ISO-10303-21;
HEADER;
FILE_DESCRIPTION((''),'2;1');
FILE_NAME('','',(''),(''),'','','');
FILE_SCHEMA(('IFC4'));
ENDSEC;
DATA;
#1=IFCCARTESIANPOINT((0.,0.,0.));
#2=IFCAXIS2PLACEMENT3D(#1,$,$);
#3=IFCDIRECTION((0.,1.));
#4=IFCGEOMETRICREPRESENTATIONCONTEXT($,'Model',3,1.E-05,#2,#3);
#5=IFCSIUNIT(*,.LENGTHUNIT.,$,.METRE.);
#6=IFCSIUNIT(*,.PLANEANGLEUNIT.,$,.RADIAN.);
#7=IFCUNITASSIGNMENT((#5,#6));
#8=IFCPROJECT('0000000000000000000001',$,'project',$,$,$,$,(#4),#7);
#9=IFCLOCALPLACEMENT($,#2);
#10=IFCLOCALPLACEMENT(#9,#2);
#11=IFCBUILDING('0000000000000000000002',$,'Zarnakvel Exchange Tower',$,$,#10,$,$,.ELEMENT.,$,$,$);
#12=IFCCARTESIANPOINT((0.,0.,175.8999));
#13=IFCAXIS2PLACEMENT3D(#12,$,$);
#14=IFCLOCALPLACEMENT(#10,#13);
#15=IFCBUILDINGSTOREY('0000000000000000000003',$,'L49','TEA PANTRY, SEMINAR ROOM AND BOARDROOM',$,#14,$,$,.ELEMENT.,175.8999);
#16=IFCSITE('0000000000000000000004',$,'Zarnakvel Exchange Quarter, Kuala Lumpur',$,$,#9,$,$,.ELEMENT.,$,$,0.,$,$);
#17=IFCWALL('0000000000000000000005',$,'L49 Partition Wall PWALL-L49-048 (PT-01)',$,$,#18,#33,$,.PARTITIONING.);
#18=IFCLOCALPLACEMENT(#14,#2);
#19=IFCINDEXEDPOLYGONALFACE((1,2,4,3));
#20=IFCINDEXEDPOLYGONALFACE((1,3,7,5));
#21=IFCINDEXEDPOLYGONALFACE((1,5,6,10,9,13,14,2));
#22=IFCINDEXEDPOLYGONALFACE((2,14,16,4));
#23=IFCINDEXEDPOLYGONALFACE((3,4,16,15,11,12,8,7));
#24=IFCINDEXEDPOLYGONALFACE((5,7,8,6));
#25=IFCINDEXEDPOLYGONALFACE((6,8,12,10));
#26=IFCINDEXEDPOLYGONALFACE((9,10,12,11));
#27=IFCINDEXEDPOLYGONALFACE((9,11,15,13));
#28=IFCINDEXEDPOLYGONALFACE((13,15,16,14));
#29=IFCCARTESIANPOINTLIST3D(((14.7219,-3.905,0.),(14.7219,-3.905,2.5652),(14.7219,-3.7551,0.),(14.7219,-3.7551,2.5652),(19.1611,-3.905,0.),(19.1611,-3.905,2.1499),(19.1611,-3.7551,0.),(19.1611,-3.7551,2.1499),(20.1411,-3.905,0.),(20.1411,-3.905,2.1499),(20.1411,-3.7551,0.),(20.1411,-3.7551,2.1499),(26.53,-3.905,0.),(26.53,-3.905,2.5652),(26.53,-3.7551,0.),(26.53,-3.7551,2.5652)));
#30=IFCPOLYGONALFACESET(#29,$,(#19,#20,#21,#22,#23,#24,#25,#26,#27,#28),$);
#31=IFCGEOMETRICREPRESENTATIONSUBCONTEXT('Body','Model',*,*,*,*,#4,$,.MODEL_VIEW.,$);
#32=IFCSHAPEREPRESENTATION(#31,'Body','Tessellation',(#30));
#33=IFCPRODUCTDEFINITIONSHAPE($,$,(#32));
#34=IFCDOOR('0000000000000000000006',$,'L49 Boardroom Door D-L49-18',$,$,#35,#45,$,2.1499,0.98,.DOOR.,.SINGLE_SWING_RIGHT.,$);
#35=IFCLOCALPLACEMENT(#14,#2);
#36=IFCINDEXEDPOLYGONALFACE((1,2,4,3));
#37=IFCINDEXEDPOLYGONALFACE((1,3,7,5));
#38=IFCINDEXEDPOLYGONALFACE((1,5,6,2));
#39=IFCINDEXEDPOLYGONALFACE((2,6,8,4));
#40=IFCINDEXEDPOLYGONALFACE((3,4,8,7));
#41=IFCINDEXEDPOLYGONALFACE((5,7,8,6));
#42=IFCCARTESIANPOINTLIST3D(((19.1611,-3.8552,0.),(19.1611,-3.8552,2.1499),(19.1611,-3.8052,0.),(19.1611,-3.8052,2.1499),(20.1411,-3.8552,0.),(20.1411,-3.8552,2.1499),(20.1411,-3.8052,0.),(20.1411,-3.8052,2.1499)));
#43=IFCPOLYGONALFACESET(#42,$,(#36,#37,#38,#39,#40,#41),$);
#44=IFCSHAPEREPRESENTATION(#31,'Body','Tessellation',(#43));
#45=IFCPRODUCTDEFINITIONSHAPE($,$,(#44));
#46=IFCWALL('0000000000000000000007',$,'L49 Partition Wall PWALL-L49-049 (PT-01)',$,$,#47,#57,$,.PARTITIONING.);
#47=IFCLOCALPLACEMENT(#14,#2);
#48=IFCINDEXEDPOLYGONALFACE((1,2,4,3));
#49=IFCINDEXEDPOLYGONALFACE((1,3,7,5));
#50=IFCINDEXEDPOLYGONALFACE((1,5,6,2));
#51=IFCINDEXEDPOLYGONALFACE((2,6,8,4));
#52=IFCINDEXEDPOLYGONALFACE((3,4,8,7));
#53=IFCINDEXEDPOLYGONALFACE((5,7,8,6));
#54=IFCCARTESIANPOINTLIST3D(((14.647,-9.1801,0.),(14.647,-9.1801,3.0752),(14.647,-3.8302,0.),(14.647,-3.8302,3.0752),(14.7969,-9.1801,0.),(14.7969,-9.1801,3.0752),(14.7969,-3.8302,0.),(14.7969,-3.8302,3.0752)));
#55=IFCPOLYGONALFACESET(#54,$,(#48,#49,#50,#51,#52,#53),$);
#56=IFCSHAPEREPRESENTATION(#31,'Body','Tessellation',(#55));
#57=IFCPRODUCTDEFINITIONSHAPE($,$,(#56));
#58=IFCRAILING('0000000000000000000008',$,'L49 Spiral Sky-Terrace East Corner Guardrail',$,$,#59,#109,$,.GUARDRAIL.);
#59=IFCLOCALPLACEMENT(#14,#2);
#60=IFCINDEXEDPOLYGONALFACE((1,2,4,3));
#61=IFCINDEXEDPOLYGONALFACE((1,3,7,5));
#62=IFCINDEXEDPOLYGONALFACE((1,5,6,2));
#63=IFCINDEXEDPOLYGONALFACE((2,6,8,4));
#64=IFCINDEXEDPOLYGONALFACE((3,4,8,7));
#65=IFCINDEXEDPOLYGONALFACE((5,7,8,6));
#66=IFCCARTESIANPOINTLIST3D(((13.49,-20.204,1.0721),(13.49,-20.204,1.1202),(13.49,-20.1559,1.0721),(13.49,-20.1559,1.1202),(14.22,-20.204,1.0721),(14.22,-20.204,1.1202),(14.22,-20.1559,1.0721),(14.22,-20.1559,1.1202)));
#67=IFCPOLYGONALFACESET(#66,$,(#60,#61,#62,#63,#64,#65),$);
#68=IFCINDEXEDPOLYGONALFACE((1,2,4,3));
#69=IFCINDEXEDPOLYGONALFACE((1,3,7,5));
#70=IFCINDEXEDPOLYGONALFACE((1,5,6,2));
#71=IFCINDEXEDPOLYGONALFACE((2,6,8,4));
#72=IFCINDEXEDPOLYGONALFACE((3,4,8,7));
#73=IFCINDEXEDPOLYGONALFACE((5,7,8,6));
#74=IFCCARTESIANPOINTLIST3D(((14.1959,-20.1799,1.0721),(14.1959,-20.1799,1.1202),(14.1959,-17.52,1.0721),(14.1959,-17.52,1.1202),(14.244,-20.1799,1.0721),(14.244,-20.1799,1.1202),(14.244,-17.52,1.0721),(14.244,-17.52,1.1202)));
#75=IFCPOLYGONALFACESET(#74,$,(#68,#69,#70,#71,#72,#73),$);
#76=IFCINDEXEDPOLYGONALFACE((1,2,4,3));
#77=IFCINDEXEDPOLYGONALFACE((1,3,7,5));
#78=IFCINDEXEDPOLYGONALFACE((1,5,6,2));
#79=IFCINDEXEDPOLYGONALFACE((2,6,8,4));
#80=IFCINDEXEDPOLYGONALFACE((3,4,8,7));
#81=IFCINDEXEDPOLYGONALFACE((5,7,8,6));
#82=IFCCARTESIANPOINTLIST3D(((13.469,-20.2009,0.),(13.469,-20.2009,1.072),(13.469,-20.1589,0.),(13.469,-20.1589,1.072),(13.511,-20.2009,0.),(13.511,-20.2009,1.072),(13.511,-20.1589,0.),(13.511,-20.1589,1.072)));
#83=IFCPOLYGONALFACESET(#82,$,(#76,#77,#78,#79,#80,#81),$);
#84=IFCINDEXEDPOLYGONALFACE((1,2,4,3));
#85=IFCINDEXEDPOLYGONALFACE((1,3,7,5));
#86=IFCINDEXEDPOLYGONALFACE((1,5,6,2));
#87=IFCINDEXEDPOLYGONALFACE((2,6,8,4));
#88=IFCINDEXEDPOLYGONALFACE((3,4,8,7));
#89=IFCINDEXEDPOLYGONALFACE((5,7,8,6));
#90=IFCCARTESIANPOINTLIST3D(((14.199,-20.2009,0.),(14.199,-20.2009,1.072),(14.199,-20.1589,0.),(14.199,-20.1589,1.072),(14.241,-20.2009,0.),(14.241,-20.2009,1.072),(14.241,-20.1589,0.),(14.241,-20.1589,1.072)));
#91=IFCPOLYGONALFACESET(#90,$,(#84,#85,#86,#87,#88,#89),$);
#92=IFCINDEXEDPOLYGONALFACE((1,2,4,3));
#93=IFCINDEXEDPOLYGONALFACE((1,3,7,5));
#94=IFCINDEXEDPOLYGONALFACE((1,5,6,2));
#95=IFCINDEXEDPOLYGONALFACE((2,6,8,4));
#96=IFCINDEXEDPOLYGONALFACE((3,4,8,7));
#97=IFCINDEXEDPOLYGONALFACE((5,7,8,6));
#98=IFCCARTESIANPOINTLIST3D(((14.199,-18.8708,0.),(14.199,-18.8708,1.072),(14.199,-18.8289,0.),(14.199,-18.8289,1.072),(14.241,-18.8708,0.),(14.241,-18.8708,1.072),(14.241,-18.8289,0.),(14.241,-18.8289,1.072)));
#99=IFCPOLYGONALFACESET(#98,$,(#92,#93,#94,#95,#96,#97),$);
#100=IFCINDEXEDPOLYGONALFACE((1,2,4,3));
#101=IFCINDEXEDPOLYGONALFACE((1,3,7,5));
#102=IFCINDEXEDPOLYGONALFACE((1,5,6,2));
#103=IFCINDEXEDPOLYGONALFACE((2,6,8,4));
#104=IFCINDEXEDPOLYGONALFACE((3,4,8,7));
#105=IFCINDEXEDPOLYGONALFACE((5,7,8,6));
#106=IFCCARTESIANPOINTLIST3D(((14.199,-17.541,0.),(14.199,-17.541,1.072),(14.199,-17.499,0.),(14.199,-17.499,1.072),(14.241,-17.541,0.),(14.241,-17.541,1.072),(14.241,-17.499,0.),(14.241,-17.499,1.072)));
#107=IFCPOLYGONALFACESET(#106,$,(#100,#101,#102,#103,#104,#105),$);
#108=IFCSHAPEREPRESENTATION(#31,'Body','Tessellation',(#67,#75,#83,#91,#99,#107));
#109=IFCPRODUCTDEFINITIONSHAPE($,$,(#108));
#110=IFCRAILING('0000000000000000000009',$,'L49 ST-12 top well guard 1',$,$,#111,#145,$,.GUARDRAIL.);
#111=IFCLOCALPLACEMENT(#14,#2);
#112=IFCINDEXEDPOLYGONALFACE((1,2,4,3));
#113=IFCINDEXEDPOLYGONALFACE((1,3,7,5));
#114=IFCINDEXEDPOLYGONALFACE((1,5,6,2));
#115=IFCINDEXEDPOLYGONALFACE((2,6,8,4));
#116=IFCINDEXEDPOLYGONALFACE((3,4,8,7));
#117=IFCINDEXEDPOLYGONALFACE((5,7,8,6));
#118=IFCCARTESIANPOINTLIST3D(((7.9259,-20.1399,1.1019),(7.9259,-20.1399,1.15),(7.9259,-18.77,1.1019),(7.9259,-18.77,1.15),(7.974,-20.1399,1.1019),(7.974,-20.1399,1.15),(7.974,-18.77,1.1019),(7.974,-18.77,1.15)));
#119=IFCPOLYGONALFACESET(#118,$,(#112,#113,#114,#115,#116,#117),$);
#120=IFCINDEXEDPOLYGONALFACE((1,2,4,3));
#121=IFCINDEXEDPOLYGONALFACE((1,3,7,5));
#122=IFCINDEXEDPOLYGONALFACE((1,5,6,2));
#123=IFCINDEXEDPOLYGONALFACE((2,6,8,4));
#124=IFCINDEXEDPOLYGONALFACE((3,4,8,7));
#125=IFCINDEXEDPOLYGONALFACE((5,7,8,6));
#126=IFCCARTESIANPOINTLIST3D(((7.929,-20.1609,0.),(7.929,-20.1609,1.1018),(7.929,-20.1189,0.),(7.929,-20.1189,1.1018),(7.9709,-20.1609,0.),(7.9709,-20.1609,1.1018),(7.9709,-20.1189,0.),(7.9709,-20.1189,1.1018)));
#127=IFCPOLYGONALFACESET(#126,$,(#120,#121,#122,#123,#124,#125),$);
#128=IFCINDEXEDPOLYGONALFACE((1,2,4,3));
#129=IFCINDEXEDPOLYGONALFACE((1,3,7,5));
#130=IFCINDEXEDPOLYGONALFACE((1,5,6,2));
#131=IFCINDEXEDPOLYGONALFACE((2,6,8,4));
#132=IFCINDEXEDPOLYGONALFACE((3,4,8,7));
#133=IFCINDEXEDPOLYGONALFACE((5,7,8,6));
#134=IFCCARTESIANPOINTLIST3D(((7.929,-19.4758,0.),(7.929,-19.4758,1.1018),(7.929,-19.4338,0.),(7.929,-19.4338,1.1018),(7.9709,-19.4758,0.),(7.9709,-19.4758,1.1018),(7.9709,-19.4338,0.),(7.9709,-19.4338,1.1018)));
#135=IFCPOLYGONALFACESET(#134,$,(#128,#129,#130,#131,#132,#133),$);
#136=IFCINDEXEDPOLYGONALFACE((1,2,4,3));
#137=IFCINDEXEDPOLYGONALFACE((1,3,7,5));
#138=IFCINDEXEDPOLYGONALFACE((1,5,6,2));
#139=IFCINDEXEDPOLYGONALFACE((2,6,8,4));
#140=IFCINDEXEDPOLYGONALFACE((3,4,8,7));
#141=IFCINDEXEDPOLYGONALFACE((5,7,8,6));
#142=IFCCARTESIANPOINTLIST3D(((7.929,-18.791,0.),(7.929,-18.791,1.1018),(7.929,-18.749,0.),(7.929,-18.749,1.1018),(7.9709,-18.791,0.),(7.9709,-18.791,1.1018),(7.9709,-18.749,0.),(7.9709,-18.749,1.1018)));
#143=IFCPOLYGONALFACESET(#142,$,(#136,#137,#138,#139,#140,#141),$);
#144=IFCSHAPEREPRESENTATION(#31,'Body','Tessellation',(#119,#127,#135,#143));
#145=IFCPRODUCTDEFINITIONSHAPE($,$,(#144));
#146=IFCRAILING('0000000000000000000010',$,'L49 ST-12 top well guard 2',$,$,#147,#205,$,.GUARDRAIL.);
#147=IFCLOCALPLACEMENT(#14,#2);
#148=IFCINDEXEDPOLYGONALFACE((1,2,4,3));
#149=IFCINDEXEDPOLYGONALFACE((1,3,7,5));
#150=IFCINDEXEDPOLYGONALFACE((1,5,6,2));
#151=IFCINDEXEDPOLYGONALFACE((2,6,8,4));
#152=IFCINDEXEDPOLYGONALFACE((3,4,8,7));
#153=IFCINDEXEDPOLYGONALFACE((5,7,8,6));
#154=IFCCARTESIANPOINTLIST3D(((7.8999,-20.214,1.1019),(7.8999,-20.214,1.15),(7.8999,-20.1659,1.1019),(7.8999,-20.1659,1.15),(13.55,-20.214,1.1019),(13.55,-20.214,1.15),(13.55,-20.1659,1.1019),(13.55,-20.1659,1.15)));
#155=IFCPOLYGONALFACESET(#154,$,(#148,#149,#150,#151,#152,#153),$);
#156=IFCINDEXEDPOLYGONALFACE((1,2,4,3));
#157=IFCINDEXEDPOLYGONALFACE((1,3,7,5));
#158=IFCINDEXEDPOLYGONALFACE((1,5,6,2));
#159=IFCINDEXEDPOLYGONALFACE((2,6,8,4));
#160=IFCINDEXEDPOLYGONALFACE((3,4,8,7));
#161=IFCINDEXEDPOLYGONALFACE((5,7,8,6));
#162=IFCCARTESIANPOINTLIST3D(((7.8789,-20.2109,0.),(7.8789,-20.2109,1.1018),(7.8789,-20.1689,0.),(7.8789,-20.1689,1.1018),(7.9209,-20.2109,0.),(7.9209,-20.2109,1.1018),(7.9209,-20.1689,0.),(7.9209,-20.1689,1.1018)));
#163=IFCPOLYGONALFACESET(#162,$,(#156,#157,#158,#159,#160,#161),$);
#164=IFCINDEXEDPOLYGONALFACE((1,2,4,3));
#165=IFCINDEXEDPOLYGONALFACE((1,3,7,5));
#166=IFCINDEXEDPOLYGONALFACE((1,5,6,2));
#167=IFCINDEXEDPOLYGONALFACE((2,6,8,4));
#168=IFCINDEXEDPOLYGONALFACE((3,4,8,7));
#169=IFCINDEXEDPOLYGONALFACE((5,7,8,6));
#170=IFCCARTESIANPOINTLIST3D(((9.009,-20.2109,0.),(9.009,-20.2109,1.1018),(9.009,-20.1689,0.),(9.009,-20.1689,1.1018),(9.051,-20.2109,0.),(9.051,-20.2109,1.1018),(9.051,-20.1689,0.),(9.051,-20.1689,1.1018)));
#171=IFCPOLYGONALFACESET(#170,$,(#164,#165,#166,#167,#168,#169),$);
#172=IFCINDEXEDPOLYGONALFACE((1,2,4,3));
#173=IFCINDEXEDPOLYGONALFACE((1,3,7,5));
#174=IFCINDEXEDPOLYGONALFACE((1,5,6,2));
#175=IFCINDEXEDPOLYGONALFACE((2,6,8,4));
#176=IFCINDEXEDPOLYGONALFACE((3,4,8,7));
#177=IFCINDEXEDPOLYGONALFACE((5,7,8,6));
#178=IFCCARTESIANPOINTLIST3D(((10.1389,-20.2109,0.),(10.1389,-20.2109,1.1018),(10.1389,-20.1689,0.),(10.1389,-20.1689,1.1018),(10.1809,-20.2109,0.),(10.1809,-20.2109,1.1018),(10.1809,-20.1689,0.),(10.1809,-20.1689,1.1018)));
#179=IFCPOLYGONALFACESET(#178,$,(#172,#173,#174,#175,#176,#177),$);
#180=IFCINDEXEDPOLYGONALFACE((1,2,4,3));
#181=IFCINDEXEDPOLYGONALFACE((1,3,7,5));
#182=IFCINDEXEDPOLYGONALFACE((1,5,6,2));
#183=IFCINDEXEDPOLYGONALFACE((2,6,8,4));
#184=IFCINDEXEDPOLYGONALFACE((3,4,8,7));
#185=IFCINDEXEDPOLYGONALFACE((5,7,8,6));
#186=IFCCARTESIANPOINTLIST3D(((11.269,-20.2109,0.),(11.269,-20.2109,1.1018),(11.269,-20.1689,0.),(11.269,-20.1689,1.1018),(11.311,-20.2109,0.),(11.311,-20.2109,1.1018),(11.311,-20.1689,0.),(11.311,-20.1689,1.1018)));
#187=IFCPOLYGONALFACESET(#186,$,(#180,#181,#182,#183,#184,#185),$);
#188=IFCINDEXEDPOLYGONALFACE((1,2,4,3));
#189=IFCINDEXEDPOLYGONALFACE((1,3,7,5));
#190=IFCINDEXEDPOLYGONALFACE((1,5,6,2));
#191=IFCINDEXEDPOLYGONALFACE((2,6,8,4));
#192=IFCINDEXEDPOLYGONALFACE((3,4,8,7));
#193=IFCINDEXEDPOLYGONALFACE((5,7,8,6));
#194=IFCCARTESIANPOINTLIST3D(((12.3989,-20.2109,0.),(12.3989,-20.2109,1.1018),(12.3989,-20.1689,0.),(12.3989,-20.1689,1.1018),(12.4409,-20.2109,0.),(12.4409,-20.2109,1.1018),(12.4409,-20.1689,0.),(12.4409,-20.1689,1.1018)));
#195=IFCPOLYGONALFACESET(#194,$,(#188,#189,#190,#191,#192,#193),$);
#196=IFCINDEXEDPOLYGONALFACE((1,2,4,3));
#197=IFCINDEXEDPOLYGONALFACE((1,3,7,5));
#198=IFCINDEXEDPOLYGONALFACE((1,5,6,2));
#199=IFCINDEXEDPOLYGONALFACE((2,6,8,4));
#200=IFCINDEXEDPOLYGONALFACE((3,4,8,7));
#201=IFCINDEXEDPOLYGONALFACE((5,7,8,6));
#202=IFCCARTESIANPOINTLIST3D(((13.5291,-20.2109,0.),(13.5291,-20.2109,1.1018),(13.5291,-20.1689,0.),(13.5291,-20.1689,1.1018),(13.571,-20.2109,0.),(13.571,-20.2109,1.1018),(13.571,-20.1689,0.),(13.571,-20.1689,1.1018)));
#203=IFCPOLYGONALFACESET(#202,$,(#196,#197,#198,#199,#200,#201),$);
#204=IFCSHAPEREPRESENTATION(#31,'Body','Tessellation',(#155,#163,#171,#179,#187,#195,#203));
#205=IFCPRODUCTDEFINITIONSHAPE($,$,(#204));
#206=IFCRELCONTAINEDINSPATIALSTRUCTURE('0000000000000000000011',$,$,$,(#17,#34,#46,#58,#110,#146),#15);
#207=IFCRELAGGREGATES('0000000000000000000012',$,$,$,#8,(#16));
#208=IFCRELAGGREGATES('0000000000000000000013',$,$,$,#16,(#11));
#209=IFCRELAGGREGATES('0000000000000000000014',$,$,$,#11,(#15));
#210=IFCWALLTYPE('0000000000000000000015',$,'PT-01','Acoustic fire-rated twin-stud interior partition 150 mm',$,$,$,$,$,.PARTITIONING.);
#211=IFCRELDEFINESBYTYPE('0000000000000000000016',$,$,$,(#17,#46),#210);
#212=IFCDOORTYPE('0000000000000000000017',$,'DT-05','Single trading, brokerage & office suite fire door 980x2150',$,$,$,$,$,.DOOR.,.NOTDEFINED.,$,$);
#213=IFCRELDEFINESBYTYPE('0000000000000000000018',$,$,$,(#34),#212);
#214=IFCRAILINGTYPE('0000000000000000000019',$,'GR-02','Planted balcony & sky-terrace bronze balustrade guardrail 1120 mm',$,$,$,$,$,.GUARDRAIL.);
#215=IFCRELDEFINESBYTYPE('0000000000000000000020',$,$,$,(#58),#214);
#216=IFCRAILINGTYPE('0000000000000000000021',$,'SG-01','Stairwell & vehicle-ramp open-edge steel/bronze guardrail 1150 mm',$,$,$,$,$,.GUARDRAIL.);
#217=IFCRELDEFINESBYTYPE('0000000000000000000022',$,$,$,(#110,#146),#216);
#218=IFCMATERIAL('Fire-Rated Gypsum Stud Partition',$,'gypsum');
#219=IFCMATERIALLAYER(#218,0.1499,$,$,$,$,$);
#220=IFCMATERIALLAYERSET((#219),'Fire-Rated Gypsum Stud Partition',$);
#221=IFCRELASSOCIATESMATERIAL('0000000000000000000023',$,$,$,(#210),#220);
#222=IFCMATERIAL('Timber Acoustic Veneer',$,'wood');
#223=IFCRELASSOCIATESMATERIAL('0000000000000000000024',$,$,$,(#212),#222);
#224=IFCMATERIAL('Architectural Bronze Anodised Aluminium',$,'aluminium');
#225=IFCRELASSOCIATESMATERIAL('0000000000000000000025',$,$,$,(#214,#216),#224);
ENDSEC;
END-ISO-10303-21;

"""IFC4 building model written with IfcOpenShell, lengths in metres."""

from ifc_helpers import new_model, si_unit, direction, frame, frame_2d, origin, origin_2d, place, context, subcontext, project, spatial, rectangle, extrude, source, transform, mapped, material, layer, layer_set, type_object, element, fill, save


model = new_model("IFC4")

# Units and contexts
model_context = context("Model", 3, precision=1e-05, world=origin(), true_north=direction((0.0, 1.0)))
body_context = subcontext(model_context, "Body", "Model", "MODEL_VIEW")
ifc_project = project(units=[si_unit("LENGTHUNIT", "METRE"), si_unit("PLANEANGLEUNIT", "RADIAN")], contexts=[model_context])

# Site, building, storey
site_placement = place(None, origin())
site = spatial("IfcSite", under=ifc_project, at=site_placement, Name="Zarnakvel Exchange Quarter, Kuala Lumpur", CompositionType="ELEMENT", RefElevation=0.0)
building_placement = place(site_placement, origin())
building = spatial("IfcBuilding", under=site, at=building_placement, Name="Zarnakvel Exchange Tower", CompositionType="ELEMENT")
storey_placement = place(building_placement, frame((0.0, 0.0, 175.8999)))
storey = spatial("IfcBuildingStorey", under=building, at=storey_placement, Name="L49", Description="TEA PANTRY, SEMINAR ROOM AND BOARDROOM", CompositionType="ELEMENT", Elevation=175.8999)

# Shared definitions
ifc_material_1 = material(Name="Architectural Bronze Anodised Aluminium", Category="aluminium")

# Shared definitions
ifc_material_2 = material(Name="Fire-Rated Gypsum Stud Partition", Category="gypsum")
ifc_layer_1 = layer(ifc_material_2, 0.1499)
ifc_layer_set_1 = layer_set([ifc_layer_1], Name="Fire-Rated Gypsum Stud Partition")
wall_type_1 = type_object("IfcWallType", Name="PT-01", Description="Acoustic fire-rated twin-stud interior partition 150 mm", PredefinedType="PARTITIONING", material=ifc_layer_set_1)

# Wall, opening, door
wall_1_placement = place(storey_placement, frame((14.7219, -3.8301, 0.0), z_axis=(0.0, 0.0, 1.0), x_axis=(1.0, 0.0, 0.0)))
wall_1 = element("IfcWall", 1, at=wall_1_placement, inside=storey, type_object=wall_type_1, Name="L49 Partition Wall PWALL-L49-048 (PT-01)", PredefinedType="PARTITIONING", context=body_context, shape_type="SweptSolid", body=[
    extrude(rectangle(XDim=11.8081, YDim=0.1499, at=frame_2d((5.9041, 0.0))), origin(), (0.0, 0.0, 1.0), 2.5652),
])
opening_1_placement = place(wall_1_placement, frame((4.4392, 0.0, 0.0)))
opening_1 = element("IfcOpeningElement", 2, at=opening_1_placement, cuts=wall_1, PredefinedType="OPENING", context=body_context, shape_type="SweptSolid", body=[
    extrude(rectangle(XDim=0.98, YDim=2.1499, at=frame_2d((0.49, 1.075))), frame((0.0, 0.085, 0.0), z_axis=(0.0, -1.0, 0.0), x_axis=(1.0, 0.0, 0.0)), (0.0, 0.0, 1.0), 0.1699),
])
ifc_material_3 = material(Name="Timber Acoustic Veneer", Category="wood")
door_type_1 = type_object("IfcDoorType", Name="DT-05", Description="Single trading, brokerage & office suite fire door 980x2150", OperationType="NOTDEFINED", PredefinedType="DOOR", material=ifc_material_3)
shared_shape_1 = source(origin(), body_context, "Body", "SweptSolid", [
    extrude(rectangle(XDim=0.98, YDim=2.1499, at=frame_2d((0.49, 1.075))), frame((0.0, 0.0249, 0.0), z_axis=(0.0, -1.0, 0.0), x_axis=(1.0, 0.0, 0.0)), (0.0, 0.0, 1.0), 0.05),
])
door_1_placement = place(opening_1_placement, origin())
door_1 = element("IfcDoor", 3, at=door_1_placement, inside=storey, type_object=door_type_1, Name="L49 Boardroom Door D-L49-18", OperationType="SINGLE_SWING_RIGHT", OverallHeight=2.1499, OverallWidth=0.98, PredefinedType="DOOR", context=body_context, shape_type="MappedRepresentation", body=[
    mapped(shared_shape_1, transform((0.0, 0.0, 0.0), x_axis=(1.0, 0.0, 0.0), y_axis=(0.0, 1.0, 0.0), z_axis=(0.0, 0.0, 1.0), scale=1.0)),
])
fill(opening_1, door_1)

# Wall
wall_2_placement = place(storey_placement, frame((14.7219, -9.1799, 0.0), z_axis=(0.0, 0.0, 1.0), x_axis=(0.0, 1.0, 0.0)))
element("IfcWall", 4, at=wall_2_placement, inside=storey, type_object=wall_type_1, Name="L49 Partition Wall PWALL-L49-049 (PT-01)", PredefinedType="PARTITIONING", context=body_context, shape_type="SweptSolid", body=[
    extrude(rectangle(XDim=5.3499, YDim=0.1499, at=frame_2d((2.6748, 0.0))), origin(), (0.0, 0.0, 1.0), 3.0752),
])

# Railings
railing_type_1 = type_object("IfcRailingType", Name="GR-02", Description="Planted balcony & sky-terrace bronze balustrade guardrail 1120 mm", PredefinedType="GUARDRAIL", material=ifc_material_1)
railing_1_placement = place(storey_placement, frame((13.49, -20.1799, 0.0)))
element("IfcRailing", 5, at=railing_1_placement, inside=storey, type_object=railing_type_1, Name="L49 Spiral Sky-Terrace East Corner Guardrail", PredefinedType="GUARDRAIL", context=body_context, shape_type="SweptSolid", body=[
    extrude(rectangle(XDim=0.0481, YDim=0.0481, at=origin_2d()), frame((0.0, 0.0, 1.0962), z_axis=(1.0, 0.0, 0.0), x_axis=(0.0, 1.0, 0.0)), (0.0, 0.0, 1.0), 0.73),
    extrude(rectangle(XDim=0.0481, YDim=0.0481, at=origin_2d()), frame((0.73, 0.0, 1.0962), z_axis=(0.0, 1.0, 0.0), x_axis=(-1.0, 0.0, 0.0)), (0.0, 0.0, 1.0), 2.6599),
    extrude(rectangle(XDim=0.042, YDim=0.042, at=origin_2d()), origin(), (0.0, 0.0, 1.0), 1.072),
    extrude(rectangle(XDim=0.042, YDim=0.042, at=origin_2d()), frame((0.73, 0.0, 0.0)), (0.0, 0.0, 1.0), 1.072),
    extrude(rectangle(XDim=0.042, YDim=0.042, at=origin_2d()), frame((0.73, 1.3301, 0.0)), (0.0, 0.0, 1.0), 1.072),
    extrude(rectangle(XDim=0.042, YDim=0.042, at=origin_2d()), frame((0.73, 2.6599, 0.0)), (0.0, 0.0, 1.0), 1.072),
])
railing_type_2 = type_object("IfcRailingType", Name="SG-01", Description="Stairwell & vehicle-ramp open-edge steel/bronze guardrail 1150 mm", PredefinedType="GUARDRAIL", material=ifc_material_1)
railing_2_placement = place(storey_placement, frame((7.95, -20.1399, 0.0)))
element("IfcRailing", 6, at=railing_2_placement, inside=storey, type_object=railing_type_2, Name="L49 ST-12 top well guard 1", PredefinedType="GUARDRAIL", context=body_context, shape_type="SweptSolid", body=[
    extrude(rectangle(XDim=0.0481, YDim=0.0481, at=origin_2d()), frame((0.0, 0.0, 1.126), z_axis=(0.0, 1.0, 0.0), x_axis=(-1.0, 0.0, 0.0)), (0.0, 0.0, 1.0), 1.3699),
    extrude(rectangle(XDim=0.042, YDim=0.042, at=origin_2d()), origin(), (0.0, 0.0, 1.0), 1.1018),
    extrude(rectangle(XDim=0.042, YDim=0.042, at=origin_2d()), frame((0.0, 0.6851, 0.0)), (0.0, 0.0, 1.0), 1.1018),
    extrude(rectangle(XDim=0.042, YDim=0.042, at=origin_2d()), frame((0.0, 1.3699, 0.0)), (0.0, 0.0, 1.0), 1.1018),
])
for number, where, name in (
    (7, (7.8999, -20.1899, 0.0), "L49 ST-12 top well guard 2"),
):
    element("IfcRailing", number, at=place(storey_placement, frame(where)), inside=storey, type_object=railing_type_2, Name=name, PredefinedType="GUARDRAIL", context=body_context, shape_type="SweptSolid", body=[
        extrude(rectangle(XDim=0.0481, YDim=0.0481, at=origin_2d()), frame((0.0, 0.0, 1.126), z_axis=(1.0, 0.0, 0.0), x_axis=(0.0, 1.0, 0.0)), (0.0, 0.0, 1.0), 5.6501),
        extrude(rectangle(XDim=0.042, YDim=0.042, at=origin_2d()), origin(), (0.0, 0.0, 1.0), 1.1018),
        extrude(rectangle(XDim=0.042, YDim=0.042, at=origin_2d()), frame((1.1301, 0.0, 0.0)), (0.0, 0.0, 1.0), 1.1018),
        extrude(rectangle(XDim=0.042, YDim=0.042, at=origin_2d()), frame((2.26, 0.0, 0.0)), (0.0, 0.0, 1.0), 1.1018),
        extrude(rectangle(XDim=0.042, YDim=0.042, at=origin_2d()), frame((3.3901, 0.0, 0.0)), (0.0, 0.0, 1.0), 1.1018),
        extrude(rectangle(XDim=0.042, YDim=0.042, at=origin_2d()), frame((4.52, 0.0, 0.0)), (0.0, 0.0, 1.0), 1.1018),
        extrude(rectangle(XDim=0.042, YDim=0.042, at=origin_2d()), frame((5.6501, 0.0, 0.0)), (0.0, 0.0, 1.0), 1.1018),
    ])

save(model, "model.ifc")
